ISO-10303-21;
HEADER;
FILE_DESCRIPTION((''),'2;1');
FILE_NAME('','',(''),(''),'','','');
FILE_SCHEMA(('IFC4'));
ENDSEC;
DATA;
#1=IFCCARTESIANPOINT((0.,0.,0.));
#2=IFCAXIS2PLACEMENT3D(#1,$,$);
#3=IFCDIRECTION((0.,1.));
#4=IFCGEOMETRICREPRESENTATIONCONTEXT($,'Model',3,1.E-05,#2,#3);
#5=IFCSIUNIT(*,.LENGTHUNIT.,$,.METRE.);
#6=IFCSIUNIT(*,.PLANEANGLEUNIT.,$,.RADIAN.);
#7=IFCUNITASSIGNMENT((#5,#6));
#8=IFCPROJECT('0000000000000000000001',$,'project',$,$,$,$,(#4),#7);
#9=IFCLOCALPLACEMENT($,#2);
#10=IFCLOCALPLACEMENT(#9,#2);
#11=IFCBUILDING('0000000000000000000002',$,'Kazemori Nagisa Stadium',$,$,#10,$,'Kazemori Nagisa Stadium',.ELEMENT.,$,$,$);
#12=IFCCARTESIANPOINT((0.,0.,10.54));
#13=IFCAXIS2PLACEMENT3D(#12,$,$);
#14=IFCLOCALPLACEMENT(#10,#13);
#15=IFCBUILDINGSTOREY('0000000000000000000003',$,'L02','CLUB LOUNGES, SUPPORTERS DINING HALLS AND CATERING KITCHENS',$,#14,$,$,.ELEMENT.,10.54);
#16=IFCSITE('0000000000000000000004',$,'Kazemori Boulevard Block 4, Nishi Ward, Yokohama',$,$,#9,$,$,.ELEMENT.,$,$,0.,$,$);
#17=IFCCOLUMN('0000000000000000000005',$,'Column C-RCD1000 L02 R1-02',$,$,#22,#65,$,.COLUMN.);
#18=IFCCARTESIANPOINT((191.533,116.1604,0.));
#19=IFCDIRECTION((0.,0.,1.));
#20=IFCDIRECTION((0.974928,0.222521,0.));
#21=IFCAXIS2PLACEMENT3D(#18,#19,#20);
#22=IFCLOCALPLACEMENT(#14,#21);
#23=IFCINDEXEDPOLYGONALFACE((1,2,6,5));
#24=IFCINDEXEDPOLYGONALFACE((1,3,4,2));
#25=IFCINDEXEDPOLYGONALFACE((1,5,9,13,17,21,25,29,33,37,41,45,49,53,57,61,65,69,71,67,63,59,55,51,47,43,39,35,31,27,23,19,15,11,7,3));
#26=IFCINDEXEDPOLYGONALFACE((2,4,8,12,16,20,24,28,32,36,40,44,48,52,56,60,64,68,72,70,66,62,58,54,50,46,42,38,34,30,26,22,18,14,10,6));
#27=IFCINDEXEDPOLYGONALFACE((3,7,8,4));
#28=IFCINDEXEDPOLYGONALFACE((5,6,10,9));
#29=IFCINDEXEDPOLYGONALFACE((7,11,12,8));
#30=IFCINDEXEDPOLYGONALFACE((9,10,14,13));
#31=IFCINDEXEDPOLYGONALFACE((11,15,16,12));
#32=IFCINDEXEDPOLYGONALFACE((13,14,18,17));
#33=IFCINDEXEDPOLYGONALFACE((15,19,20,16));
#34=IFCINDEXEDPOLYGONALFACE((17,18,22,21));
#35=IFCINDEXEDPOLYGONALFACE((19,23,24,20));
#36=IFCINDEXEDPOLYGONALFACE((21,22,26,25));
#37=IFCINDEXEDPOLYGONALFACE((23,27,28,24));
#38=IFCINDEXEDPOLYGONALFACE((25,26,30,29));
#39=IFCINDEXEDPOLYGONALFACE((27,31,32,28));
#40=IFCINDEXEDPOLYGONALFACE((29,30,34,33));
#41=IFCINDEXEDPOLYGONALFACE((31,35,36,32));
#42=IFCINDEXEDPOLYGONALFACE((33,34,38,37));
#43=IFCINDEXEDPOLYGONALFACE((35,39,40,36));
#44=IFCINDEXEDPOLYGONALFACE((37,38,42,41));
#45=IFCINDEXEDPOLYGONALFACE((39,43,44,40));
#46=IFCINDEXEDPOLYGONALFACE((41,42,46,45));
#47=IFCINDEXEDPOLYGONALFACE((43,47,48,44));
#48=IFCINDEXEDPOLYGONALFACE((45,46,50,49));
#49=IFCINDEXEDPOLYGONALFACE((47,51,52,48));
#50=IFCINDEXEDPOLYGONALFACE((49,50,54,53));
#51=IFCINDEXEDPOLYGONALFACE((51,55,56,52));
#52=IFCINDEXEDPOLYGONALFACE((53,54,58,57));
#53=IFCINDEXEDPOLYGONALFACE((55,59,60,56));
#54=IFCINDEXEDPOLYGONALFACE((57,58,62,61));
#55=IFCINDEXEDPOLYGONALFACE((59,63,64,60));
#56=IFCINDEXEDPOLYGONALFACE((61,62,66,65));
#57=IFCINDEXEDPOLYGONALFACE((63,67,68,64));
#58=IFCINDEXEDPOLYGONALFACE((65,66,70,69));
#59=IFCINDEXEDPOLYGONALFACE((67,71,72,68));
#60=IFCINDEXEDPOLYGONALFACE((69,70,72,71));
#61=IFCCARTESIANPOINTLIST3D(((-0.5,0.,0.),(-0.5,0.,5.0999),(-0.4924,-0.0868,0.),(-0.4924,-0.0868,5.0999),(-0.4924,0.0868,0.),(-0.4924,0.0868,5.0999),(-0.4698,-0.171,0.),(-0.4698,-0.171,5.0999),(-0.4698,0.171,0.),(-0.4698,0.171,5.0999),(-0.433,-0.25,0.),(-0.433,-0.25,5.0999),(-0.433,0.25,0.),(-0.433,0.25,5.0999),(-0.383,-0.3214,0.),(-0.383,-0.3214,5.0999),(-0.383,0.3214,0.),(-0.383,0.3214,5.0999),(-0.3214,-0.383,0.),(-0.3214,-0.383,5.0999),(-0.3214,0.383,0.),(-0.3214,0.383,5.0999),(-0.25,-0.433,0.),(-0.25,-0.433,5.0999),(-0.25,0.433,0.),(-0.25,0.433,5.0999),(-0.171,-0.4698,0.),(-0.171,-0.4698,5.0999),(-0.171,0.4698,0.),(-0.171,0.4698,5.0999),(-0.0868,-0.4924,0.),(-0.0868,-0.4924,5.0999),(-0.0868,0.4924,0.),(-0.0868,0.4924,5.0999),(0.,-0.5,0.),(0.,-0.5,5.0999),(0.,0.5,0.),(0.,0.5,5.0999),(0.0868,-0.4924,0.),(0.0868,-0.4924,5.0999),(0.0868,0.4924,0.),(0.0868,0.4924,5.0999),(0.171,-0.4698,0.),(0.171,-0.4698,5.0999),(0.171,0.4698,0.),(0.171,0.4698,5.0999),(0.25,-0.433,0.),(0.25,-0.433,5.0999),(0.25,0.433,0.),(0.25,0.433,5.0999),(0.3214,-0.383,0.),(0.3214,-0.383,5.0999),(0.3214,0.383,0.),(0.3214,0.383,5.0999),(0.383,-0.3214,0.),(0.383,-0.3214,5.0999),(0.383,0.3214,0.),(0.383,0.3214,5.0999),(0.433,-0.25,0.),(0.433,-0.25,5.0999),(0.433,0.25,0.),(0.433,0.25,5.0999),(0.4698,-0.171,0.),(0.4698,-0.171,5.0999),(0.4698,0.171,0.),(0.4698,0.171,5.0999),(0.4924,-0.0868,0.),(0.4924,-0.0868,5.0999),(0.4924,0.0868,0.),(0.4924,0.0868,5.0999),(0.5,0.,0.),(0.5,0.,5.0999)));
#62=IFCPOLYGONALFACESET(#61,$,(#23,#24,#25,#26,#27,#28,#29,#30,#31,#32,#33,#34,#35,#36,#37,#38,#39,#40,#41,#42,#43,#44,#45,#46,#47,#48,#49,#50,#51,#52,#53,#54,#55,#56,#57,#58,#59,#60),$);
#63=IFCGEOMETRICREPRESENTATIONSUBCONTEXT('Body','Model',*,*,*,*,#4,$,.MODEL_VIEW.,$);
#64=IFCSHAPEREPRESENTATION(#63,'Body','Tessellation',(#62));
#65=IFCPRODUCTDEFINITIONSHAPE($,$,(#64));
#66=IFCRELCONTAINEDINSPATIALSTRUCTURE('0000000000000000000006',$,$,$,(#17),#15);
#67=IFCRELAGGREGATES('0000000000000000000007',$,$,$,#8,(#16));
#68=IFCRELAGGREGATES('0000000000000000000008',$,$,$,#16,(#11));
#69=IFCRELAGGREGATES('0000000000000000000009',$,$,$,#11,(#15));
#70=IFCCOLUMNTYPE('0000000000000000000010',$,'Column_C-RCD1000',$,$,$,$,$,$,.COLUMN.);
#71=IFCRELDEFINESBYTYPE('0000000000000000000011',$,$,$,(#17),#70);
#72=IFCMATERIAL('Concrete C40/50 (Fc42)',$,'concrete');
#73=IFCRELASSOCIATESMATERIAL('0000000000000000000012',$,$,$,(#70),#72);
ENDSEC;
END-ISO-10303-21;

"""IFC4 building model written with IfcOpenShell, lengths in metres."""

from ifc_helpers import new_model, si_unit, direction, frame, origin, origin_2d, place, context, subcontext, project, spatial, circle, extrude, material, material_profile, profile_set, type_object, element, save


model = new_model("IFC4")

# Units and contexts
model_context = context("Model", 3, precision=1e-05, world=origin(), true_north=direction((0.0, 1.0)))
body_context = subcontext(model_context, "Body", "Model", "MODEL_VIEW")
ifc_project = project(units=[si_unit("LENGTHUNIT", "METRE"), si_unit("PLANEANGLEUNIT", "RADIAN")], contexts=[model_context])

# Site, building, storey
site_placement = place(None, origin())
site = spatial("IfcSite", under=ifc_project, at=site_placement, Name="Kazemori Boulevard Block 4, Nishi Ward, Yokohama", CompositionType="ELEMENT", RefElevation=0.0)
building_placement = place(site_placement, origin())
building = spatial("IfcBuilding", under=site, at=building_placement, Name="Kazemori Nagisa Stadium", LongName="Kazemori Nagisa Stadium", CompositionType="ELEMENT")
storey_placement = place(building_placement, frame((0.0, 0.0, 10.54)))
storey = spatial("IfcBuildingStorey", under=building, at=storey_placement, Name="L02", Description="CLUB LOUNGES, SUPPORTERS DINING HALLS AND CATERING KITCHENS", CompositionType="ELEMENT", Elevation=10.54)

# Column
ifc_material_1 = material(Name="Concrete C40/50 (Fc42)", Category="concrete")
ifc_material_profile_1 = material_profile(ifc_material_1, circle(Radius=0.5, at=origin_2d()), Name="RC-COL-D1000")
ifc_profile_set_1 = profile_set([ifc_material_profile_1], Name="Concrete C40/50 (Fc42)")
column_type_1 = type_object("IfcColumnType", Name="Column_C-RCD1000", PredefinedType="COLUMN", material=ifc_profile_set_1)
column_1_placement = place(storey_placement, frame((191.533, 116.1604, 0.0), z_axis=(0.0, 0.0, 1.0), x_axis=(0.974928, 0.222521, 0.0)))
element("IfcColumn", 1, at=column_1_placement, inside=storey, type_object=column_type_1, Name="Column C-RCD1000 L02 R1-02", PredefinedType="COLUMN", context=body_context, shape_type="SweptSolid", body=[
    extrude(circle(Radius=0.5, at=origin_2d()), origin(), (0.0, 0.0, 1.0), 5.0999),
])

save(model, "model.ifc")
